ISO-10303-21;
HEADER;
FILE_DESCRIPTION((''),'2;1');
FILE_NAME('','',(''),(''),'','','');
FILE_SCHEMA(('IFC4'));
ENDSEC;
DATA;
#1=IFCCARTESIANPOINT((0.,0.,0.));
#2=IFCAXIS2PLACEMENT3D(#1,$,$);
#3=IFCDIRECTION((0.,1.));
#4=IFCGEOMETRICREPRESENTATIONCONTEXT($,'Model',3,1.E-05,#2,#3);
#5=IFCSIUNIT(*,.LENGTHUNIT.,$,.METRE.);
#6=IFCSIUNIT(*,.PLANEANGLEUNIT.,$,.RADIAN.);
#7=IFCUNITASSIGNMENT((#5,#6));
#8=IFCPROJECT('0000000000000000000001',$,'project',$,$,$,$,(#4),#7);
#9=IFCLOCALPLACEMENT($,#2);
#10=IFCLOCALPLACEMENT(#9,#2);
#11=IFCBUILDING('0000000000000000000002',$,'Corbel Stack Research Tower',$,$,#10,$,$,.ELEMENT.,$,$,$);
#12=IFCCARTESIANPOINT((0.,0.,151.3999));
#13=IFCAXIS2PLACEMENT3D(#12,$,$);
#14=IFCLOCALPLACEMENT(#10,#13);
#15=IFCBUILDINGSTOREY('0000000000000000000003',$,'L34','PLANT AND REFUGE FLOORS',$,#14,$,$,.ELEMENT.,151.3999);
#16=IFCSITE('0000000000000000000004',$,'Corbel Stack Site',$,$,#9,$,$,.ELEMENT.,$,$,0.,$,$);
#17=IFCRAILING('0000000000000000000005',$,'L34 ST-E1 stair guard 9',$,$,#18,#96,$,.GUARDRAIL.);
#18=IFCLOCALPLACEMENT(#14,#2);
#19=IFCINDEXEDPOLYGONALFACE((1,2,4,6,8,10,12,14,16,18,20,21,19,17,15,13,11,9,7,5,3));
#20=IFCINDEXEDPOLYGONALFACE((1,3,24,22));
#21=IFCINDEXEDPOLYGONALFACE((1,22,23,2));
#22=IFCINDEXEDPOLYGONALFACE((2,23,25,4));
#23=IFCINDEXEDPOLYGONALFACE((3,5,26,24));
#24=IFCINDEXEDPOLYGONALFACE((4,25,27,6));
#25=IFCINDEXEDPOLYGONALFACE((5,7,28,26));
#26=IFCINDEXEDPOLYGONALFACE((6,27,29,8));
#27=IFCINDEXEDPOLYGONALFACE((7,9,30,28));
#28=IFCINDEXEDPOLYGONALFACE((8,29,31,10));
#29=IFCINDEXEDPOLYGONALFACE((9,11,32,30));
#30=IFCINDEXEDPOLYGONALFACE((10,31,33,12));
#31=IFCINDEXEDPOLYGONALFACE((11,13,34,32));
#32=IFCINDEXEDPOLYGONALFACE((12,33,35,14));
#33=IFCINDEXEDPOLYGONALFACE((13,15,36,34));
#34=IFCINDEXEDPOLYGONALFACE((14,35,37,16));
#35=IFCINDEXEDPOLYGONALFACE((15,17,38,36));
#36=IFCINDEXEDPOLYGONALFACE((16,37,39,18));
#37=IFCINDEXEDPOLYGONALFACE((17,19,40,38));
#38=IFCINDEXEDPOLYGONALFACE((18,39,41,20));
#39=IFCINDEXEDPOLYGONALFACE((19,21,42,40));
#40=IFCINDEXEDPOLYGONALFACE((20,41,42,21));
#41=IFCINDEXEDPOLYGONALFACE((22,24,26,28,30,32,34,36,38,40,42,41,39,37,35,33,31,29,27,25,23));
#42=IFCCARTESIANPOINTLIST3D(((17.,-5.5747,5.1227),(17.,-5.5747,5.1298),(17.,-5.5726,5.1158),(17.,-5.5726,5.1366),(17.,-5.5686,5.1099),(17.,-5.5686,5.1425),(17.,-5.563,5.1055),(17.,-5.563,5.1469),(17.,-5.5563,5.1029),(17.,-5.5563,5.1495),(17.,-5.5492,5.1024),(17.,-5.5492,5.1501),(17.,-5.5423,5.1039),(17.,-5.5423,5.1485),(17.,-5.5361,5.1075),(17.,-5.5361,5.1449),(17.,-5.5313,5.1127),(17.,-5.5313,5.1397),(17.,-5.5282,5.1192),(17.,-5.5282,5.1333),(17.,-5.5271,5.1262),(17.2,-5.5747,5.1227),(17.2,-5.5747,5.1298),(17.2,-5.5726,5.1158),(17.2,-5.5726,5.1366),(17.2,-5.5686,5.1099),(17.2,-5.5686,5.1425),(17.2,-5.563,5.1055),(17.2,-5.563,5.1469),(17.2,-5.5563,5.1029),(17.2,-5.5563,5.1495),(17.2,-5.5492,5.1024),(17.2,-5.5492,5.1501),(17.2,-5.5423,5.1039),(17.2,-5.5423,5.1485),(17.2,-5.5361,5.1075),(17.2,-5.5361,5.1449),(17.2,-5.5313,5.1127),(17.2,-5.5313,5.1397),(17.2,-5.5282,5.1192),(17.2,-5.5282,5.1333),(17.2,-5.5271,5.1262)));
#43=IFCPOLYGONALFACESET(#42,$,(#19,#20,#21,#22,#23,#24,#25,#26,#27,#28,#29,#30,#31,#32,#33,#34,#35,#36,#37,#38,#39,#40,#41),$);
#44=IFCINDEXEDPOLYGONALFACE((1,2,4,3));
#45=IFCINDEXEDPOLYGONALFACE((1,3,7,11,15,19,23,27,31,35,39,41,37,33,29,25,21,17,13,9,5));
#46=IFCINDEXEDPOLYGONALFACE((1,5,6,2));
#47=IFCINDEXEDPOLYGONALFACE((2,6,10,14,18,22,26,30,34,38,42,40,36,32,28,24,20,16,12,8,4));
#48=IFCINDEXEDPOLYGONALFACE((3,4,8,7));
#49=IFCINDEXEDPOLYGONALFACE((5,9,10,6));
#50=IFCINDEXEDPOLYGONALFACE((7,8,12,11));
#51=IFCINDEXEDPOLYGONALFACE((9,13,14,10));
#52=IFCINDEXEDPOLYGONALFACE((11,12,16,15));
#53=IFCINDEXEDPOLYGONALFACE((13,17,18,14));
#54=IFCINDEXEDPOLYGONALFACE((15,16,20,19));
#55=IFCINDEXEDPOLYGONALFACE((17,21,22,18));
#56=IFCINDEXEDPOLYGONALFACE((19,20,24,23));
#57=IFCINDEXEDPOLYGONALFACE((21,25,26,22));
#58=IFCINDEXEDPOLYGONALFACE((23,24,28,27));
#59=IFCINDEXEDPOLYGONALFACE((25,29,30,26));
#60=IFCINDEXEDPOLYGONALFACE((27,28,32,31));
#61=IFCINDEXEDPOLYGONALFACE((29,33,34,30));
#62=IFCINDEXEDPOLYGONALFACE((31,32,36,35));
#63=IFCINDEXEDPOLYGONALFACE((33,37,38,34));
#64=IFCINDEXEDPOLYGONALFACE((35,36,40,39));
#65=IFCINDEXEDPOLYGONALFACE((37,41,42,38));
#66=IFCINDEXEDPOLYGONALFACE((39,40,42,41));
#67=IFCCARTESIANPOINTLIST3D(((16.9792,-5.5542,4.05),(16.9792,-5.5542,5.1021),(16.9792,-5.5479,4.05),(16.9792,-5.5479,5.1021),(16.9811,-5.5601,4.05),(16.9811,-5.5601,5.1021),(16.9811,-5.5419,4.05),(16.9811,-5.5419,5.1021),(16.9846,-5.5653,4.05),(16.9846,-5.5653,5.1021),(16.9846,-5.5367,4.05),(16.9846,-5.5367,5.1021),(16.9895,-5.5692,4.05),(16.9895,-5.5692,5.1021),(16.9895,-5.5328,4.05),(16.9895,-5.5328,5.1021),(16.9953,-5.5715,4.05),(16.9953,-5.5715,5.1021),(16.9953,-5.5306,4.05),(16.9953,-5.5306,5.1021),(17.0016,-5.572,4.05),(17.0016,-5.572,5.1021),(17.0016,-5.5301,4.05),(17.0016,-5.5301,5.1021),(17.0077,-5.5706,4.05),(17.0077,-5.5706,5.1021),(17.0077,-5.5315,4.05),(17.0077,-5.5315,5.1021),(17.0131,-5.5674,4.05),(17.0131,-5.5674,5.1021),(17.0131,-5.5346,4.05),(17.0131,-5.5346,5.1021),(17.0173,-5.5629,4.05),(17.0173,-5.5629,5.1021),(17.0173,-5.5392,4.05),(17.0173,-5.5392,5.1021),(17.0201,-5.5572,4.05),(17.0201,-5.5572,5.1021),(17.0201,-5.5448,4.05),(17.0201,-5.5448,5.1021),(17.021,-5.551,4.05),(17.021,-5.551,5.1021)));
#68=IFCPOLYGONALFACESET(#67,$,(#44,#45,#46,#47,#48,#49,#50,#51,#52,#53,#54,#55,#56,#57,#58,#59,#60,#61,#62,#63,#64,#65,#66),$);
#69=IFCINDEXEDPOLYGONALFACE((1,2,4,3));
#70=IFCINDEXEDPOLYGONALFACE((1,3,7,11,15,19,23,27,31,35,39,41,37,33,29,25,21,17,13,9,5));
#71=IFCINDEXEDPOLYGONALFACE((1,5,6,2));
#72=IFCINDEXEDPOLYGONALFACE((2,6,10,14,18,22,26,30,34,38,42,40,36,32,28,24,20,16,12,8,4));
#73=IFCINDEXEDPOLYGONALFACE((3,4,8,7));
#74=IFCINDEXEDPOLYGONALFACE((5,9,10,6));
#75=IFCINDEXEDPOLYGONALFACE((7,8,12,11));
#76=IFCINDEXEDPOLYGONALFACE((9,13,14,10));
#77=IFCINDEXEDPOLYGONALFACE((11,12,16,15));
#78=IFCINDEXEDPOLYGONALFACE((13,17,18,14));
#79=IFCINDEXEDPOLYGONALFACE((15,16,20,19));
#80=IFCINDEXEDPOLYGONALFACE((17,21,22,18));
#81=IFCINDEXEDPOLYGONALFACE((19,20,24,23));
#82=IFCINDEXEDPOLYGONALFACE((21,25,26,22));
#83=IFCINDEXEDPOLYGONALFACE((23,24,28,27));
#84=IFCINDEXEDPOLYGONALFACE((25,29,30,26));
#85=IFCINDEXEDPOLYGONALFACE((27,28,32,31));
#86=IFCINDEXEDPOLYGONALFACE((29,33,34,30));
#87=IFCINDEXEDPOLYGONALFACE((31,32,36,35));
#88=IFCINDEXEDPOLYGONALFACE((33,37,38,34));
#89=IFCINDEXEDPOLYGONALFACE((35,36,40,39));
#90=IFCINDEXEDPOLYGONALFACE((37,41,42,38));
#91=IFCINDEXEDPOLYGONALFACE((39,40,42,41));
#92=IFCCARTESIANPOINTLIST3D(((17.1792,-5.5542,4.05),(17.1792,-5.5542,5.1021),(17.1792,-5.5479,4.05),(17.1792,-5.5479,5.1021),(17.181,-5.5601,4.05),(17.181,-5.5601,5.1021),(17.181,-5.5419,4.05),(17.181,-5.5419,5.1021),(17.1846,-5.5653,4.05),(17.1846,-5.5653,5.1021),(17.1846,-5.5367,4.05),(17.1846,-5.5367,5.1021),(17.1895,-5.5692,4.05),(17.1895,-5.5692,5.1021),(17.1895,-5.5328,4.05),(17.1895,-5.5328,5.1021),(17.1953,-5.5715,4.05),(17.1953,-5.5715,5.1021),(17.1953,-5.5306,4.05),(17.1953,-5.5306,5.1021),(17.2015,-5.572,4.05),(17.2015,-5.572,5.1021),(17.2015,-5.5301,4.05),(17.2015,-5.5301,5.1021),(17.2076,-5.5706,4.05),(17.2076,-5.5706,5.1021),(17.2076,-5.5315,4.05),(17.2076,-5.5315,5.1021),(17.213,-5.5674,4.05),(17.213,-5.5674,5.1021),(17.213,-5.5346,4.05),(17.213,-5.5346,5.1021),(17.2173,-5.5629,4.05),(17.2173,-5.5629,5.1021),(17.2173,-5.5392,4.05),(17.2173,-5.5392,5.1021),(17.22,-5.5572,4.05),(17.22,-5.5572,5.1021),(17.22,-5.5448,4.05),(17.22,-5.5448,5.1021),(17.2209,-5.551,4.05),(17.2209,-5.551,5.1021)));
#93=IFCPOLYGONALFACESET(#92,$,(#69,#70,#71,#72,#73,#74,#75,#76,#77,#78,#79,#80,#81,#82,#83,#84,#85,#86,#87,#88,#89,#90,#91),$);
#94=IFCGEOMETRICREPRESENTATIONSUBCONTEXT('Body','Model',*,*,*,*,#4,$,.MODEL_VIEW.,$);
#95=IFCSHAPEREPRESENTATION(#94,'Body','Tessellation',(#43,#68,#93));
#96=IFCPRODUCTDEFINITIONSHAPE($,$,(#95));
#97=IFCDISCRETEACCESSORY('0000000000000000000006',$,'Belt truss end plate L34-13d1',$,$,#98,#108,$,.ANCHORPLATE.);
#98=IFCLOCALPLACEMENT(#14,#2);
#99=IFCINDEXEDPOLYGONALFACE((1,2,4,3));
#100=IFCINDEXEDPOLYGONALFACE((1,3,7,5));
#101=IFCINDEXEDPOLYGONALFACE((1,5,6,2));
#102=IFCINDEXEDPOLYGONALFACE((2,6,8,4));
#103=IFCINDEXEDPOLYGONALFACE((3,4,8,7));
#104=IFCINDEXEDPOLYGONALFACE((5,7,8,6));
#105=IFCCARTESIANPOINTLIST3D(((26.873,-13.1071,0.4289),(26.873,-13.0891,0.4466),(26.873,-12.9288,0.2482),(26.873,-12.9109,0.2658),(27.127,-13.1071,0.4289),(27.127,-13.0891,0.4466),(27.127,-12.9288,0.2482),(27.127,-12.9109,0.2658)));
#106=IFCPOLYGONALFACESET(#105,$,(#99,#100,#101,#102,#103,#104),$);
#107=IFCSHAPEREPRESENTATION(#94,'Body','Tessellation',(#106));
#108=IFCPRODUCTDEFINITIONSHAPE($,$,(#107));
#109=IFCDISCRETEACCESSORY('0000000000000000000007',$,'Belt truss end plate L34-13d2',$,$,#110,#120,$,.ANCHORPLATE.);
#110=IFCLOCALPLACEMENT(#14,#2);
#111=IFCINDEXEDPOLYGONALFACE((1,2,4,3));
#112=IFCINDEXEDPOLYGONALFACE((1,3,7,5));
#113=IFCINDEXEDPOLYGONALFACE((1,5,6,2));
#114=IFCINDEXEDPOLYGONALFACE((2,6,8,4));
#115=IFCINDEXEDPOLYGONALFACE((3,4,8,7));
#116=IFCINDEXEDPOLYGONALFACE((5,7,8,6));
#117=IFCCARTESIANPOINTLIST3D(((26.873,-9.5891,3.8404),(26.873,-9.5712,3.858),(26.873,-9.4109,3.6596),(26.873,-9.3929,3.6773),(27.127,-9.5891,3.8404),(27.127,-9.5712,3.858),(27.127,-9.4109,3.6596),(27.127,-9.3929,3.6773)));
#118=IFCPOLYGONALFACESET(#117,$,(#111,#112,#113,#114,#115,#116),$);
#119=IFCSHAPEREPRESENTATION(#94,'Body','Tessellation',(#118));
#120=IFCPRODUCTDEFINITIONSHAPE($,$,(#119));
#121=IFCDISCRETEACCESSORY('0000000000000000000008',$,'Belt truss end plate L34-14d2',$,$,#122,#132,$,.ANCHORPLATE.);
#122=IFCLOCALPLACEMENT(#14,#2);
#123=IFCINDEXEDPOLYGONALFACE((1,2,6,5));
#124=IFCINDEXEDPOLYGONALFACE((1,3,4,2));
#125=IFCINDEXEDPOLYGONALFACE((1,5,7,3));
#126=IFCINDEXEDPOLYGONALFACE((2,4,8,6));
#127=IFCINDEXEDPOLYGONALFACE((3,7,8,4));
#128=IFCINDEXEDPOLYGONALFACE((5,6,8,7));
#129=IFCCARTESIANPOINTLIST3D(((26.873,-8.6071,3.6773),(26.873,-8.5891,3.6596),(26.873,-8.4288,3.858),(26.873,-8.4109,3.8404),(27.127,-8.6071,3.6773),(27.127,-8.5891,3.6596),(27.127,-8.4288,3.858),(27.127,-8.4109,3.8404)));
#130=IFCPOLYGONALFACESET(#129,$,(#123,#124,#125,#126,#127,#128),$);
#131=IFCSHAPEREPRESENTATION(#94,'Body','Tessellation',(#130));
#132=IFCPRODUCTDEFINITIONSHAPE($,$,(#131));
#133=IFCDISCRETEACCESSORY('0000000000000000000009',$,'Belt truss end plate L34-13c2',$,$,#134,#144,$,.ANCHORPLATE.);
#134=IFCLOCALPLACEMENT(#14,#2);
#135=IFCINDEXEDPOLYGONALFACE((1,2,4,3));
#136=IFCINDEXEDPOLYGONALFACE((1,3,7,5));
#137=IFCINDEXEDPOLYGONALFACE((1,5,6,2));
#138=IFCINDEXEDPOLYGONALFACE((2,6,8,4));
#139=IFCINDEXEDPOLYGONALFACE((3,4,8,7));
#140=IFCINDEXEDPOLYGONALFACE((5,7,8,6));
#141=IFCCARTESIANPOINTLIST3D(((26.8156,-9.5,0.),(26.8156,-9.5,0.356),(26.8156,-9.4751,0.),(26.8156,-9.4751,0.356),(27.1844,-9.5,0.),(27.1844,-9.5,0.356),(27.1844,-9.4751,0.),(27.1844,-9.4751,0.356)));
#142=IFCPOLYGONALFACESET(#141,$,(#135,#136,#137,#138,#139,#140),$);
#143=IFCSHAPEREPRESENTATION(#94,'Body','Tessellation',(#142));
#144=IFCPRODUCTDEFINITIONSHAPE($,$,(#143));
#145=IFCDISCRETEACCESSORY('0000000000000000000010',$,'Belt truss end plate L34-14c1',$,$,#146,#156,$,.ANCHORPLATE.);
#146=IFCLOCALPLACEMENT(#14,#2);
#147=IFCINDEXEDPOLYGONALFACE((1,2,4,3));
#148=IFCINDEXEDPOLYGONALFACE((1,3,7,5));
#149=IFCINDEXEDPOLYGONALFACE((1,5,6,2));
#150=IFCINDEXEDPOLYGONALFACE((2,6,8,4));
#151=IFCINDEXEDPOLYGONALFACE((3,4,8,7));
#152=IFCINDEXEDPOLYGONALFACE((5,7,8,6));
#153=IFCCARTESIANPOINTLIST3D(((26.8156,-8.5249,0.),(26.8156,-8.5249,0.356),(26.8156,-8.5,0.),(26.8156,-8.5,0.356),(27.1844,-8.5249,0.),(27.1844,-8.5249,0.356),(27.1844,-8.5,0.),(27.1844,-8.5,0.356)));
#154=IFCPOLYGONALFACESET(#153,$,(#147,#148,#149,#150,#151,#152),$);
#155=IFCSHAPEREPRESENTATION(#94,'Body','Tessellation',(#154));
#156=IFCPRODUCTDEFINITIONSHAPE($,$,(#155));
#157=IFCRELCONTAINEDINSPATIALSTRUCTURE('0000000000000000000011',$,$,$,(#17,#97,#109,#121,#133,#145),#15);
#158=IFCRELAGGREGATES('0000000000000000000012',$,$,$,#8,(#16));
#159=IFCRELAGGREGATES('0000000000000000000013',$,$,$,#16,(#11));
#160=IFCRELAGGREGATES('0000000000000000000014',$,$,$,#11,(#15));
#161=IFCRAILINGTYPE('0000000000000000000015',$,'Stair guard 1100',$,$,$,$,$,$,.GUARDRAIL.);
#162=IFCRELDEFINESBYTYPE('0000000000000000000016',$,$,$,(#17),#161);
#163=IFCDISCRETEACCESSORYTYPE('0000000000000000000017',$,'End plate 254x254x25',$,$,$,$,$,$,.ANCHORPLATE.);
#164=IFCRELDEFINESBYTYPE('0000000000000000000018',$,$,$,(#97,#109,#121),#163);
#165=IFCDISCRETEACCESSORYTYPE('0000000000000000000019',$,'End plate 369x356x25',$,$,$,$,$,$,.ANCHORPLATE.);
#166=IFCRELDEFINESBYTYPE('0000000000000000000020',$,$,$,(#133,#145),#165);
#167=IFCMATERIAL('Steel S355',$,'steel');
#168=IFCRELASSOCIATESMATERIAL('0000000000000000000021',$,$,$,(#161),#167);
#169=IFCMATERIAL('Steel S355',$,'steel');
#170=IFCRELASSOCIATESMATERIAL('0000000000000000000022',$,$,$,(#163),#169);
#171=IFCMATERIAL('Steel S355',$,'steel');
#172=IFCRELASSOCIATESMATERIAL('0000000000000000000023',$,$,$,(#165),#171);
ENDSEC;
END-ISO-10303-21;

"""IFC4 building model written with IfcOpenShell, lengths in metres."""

from ifc_helpers import new_model, si_unit, direction, frame, origin, origin_2d, place, context, subcontext, project, spatial, rectangle, circle, extrude, material, material_profile, profile_set, type_object, element, save


model = new_model("IFC4")

# Units and contexts
model_context = context("Model", 3, precision=1e-05, world=origin(), true_north=direction((0.0, 1.0)))
body_context = subcontext(model_context, "Body", "Model", "MODEL_VIEW")
ifc_project = project(units=[si_unit("LENGTHUNIT", "METRE"), si_unit("PLANEANGLEUNIT", "RADIAN")], contexts=[model_context])

# Site, building, storey
site_placement = place(None, origin())
site = spatial("IfcSite", under=ifc_project, at=site_placement, Name="Corbel Stack Site", CompositionType="ELEMENT", RefElevation=0.0)
building_placement = place(site_placement, origin())
building = spatial("IfcBuilding", under=site, at=building_placement, Name="Corbel Stack Research Tower", CompositionType="ELEMENT")
storey_placement = place(building_placement, frame((0.0, 0.0, 151.3999)))
storey = spatial("IfcBuildingStorey", under=building, at=storey_placement, Name="L34", Description="PLANT AND REFUGE FLOORS", CompositionType="ELEMENT", Elevation=151.3999)

# Railing
ifc_material_1 = material(Name="Steel S355", Category="steel")
railing_type = type_object("IfcRailingType", Name="Stair guard 1100", PredefinedType="GUARDRAIL", material=ifc_material_1)
for number, where, name in (
    (1, (17.0, -5.551, 4.05), "L34 ST-E1 stair guard 9"),
):
    element("IfcRailing", number, at=place(storey_placement, frame(where)), inside=storey, type_object=railing_type, Name=name, PredefinedType="GUARDRAIL", context=body_context, shape_type="SweptSolid", body=[
        extrude(circle(Radius=0.0239, at=origin_2d()), frame((0.0, 0.0, 1.0762), z_axis=(1.0, 0.0, 0.0), x_axis=(0.0, 1.0, 0.0)), (0.0, 0.0, 1.0), 0.2),
        extrude(circle(Radius=0.021, at=origin_2d()), origin(), (0.0, 0.0, 1.0), 1.052),
        extrude(circle(Radius=0.021, at=origin_2d()), frame((0.2, 0.0, 0.0)), (0.0, 0.0, 1.0), 1.052),
    ])

# Discrete accessories
ifc_material_2 = material(Name="Steel S355", Category="steel")
ifc_material_profile_1 = material_profile(ifc_material_2, rectangle(XDim=0.2539, YDim=0.2539, at=origin_2d()), Name="End plate 254x254x25")
ifc_profile_set_1 = profile_set([ifc_material_profile_1], Name="Steel S355")
discrete_accessory_type_1 = type_object("IfcDiscreteAccessoryType", Name="End plate 254x254x25", PredefinedType="ANCHORPLATE", material=ifc_profile_set_1)
for number, where, z_axis, x_axis, name in (
    (2, (27.0, -13.0, 0.3562), (0.0, -0.711966, -0.702213), (1.0, 0.0, 0.0), "Belt truss end plate L34-13d1"),
    (3, (27.0, -9.5, 3.75), (0.0, 0.711966, 0.702213), (-1.0, 0.0, 0.0), "Belt truss end plate L34-13d2"),
    (4, (27.0, -8.5, 3.75), (0.0, -0.711966, 0.702213), (1.0, 0.0, 0.0), "Belt truss end plate L34-14d2"),
):
    element("IfcDiscreteAccessory", number, at=place(storey_placement, frame(where, z_axis=z_axis, x_axis=x_axis)), inside=storey, type_object=discrete_accessory_type_1, Name=name, PredefinedType="ANCHORPLATE", context=body_context, shape_type="SweptSolid", body=[
        extrude(rectangle(XDim=0.2539, YDim=0.2539, at=origin_2d()), origin(), (0.0, 0.0, 1.0), 0.0251),
    ])
ifc_material_3 = material(Name="Steel S355", Category="steel")
ifc_material_profile_2 = material_profile(ifc_material_3, rectangle(XDim=0.3689, YDim=0.356, at=origin_2d()), Name="End plate 369x356x25")
ifc_profile_set_2 = profile_set([ifc_material_profile_2], Name="Steel S355")
discrete_accessory_type_2 = type_object("IfcDiscreteAccessoryType", Name="End plate 369x356x25", PredefinedType="ANCHORPLATE", material=ifc_profile_set_2)
for number, where, z_axis, x_axis, name in (
    (5, (27.0, -9.5, 0.178), (0.0, 1.0, 0.0), (-1.0, 0.0, 0.0), "Belt truss end plate L34-13c2"),
    (6, (27.0, -8.5, 0.178), (0.0, -1.0, 0.0), (1.0, 0.0, 0.0), "Belt truss end plate L34-14c1"),
):
    element("IfcDiscreteAccessory", number, at=place(storey_placement, frame(where, z_axis=z_axis, x_axis=x_axis)), inside=storey, type_object=discrete_accessory_type_2, Name=name, PredefinedType="ANCHORPLATE", context=body_context, shape_type="SweptSolid", body=[
        extrude(rectangle(XDim=0.3689, YDim=0.356, at=origin_2d()), origin(), (0.0, 0.0, 1.0), 0.0249),
    ])

save(model, "model.ifc")
